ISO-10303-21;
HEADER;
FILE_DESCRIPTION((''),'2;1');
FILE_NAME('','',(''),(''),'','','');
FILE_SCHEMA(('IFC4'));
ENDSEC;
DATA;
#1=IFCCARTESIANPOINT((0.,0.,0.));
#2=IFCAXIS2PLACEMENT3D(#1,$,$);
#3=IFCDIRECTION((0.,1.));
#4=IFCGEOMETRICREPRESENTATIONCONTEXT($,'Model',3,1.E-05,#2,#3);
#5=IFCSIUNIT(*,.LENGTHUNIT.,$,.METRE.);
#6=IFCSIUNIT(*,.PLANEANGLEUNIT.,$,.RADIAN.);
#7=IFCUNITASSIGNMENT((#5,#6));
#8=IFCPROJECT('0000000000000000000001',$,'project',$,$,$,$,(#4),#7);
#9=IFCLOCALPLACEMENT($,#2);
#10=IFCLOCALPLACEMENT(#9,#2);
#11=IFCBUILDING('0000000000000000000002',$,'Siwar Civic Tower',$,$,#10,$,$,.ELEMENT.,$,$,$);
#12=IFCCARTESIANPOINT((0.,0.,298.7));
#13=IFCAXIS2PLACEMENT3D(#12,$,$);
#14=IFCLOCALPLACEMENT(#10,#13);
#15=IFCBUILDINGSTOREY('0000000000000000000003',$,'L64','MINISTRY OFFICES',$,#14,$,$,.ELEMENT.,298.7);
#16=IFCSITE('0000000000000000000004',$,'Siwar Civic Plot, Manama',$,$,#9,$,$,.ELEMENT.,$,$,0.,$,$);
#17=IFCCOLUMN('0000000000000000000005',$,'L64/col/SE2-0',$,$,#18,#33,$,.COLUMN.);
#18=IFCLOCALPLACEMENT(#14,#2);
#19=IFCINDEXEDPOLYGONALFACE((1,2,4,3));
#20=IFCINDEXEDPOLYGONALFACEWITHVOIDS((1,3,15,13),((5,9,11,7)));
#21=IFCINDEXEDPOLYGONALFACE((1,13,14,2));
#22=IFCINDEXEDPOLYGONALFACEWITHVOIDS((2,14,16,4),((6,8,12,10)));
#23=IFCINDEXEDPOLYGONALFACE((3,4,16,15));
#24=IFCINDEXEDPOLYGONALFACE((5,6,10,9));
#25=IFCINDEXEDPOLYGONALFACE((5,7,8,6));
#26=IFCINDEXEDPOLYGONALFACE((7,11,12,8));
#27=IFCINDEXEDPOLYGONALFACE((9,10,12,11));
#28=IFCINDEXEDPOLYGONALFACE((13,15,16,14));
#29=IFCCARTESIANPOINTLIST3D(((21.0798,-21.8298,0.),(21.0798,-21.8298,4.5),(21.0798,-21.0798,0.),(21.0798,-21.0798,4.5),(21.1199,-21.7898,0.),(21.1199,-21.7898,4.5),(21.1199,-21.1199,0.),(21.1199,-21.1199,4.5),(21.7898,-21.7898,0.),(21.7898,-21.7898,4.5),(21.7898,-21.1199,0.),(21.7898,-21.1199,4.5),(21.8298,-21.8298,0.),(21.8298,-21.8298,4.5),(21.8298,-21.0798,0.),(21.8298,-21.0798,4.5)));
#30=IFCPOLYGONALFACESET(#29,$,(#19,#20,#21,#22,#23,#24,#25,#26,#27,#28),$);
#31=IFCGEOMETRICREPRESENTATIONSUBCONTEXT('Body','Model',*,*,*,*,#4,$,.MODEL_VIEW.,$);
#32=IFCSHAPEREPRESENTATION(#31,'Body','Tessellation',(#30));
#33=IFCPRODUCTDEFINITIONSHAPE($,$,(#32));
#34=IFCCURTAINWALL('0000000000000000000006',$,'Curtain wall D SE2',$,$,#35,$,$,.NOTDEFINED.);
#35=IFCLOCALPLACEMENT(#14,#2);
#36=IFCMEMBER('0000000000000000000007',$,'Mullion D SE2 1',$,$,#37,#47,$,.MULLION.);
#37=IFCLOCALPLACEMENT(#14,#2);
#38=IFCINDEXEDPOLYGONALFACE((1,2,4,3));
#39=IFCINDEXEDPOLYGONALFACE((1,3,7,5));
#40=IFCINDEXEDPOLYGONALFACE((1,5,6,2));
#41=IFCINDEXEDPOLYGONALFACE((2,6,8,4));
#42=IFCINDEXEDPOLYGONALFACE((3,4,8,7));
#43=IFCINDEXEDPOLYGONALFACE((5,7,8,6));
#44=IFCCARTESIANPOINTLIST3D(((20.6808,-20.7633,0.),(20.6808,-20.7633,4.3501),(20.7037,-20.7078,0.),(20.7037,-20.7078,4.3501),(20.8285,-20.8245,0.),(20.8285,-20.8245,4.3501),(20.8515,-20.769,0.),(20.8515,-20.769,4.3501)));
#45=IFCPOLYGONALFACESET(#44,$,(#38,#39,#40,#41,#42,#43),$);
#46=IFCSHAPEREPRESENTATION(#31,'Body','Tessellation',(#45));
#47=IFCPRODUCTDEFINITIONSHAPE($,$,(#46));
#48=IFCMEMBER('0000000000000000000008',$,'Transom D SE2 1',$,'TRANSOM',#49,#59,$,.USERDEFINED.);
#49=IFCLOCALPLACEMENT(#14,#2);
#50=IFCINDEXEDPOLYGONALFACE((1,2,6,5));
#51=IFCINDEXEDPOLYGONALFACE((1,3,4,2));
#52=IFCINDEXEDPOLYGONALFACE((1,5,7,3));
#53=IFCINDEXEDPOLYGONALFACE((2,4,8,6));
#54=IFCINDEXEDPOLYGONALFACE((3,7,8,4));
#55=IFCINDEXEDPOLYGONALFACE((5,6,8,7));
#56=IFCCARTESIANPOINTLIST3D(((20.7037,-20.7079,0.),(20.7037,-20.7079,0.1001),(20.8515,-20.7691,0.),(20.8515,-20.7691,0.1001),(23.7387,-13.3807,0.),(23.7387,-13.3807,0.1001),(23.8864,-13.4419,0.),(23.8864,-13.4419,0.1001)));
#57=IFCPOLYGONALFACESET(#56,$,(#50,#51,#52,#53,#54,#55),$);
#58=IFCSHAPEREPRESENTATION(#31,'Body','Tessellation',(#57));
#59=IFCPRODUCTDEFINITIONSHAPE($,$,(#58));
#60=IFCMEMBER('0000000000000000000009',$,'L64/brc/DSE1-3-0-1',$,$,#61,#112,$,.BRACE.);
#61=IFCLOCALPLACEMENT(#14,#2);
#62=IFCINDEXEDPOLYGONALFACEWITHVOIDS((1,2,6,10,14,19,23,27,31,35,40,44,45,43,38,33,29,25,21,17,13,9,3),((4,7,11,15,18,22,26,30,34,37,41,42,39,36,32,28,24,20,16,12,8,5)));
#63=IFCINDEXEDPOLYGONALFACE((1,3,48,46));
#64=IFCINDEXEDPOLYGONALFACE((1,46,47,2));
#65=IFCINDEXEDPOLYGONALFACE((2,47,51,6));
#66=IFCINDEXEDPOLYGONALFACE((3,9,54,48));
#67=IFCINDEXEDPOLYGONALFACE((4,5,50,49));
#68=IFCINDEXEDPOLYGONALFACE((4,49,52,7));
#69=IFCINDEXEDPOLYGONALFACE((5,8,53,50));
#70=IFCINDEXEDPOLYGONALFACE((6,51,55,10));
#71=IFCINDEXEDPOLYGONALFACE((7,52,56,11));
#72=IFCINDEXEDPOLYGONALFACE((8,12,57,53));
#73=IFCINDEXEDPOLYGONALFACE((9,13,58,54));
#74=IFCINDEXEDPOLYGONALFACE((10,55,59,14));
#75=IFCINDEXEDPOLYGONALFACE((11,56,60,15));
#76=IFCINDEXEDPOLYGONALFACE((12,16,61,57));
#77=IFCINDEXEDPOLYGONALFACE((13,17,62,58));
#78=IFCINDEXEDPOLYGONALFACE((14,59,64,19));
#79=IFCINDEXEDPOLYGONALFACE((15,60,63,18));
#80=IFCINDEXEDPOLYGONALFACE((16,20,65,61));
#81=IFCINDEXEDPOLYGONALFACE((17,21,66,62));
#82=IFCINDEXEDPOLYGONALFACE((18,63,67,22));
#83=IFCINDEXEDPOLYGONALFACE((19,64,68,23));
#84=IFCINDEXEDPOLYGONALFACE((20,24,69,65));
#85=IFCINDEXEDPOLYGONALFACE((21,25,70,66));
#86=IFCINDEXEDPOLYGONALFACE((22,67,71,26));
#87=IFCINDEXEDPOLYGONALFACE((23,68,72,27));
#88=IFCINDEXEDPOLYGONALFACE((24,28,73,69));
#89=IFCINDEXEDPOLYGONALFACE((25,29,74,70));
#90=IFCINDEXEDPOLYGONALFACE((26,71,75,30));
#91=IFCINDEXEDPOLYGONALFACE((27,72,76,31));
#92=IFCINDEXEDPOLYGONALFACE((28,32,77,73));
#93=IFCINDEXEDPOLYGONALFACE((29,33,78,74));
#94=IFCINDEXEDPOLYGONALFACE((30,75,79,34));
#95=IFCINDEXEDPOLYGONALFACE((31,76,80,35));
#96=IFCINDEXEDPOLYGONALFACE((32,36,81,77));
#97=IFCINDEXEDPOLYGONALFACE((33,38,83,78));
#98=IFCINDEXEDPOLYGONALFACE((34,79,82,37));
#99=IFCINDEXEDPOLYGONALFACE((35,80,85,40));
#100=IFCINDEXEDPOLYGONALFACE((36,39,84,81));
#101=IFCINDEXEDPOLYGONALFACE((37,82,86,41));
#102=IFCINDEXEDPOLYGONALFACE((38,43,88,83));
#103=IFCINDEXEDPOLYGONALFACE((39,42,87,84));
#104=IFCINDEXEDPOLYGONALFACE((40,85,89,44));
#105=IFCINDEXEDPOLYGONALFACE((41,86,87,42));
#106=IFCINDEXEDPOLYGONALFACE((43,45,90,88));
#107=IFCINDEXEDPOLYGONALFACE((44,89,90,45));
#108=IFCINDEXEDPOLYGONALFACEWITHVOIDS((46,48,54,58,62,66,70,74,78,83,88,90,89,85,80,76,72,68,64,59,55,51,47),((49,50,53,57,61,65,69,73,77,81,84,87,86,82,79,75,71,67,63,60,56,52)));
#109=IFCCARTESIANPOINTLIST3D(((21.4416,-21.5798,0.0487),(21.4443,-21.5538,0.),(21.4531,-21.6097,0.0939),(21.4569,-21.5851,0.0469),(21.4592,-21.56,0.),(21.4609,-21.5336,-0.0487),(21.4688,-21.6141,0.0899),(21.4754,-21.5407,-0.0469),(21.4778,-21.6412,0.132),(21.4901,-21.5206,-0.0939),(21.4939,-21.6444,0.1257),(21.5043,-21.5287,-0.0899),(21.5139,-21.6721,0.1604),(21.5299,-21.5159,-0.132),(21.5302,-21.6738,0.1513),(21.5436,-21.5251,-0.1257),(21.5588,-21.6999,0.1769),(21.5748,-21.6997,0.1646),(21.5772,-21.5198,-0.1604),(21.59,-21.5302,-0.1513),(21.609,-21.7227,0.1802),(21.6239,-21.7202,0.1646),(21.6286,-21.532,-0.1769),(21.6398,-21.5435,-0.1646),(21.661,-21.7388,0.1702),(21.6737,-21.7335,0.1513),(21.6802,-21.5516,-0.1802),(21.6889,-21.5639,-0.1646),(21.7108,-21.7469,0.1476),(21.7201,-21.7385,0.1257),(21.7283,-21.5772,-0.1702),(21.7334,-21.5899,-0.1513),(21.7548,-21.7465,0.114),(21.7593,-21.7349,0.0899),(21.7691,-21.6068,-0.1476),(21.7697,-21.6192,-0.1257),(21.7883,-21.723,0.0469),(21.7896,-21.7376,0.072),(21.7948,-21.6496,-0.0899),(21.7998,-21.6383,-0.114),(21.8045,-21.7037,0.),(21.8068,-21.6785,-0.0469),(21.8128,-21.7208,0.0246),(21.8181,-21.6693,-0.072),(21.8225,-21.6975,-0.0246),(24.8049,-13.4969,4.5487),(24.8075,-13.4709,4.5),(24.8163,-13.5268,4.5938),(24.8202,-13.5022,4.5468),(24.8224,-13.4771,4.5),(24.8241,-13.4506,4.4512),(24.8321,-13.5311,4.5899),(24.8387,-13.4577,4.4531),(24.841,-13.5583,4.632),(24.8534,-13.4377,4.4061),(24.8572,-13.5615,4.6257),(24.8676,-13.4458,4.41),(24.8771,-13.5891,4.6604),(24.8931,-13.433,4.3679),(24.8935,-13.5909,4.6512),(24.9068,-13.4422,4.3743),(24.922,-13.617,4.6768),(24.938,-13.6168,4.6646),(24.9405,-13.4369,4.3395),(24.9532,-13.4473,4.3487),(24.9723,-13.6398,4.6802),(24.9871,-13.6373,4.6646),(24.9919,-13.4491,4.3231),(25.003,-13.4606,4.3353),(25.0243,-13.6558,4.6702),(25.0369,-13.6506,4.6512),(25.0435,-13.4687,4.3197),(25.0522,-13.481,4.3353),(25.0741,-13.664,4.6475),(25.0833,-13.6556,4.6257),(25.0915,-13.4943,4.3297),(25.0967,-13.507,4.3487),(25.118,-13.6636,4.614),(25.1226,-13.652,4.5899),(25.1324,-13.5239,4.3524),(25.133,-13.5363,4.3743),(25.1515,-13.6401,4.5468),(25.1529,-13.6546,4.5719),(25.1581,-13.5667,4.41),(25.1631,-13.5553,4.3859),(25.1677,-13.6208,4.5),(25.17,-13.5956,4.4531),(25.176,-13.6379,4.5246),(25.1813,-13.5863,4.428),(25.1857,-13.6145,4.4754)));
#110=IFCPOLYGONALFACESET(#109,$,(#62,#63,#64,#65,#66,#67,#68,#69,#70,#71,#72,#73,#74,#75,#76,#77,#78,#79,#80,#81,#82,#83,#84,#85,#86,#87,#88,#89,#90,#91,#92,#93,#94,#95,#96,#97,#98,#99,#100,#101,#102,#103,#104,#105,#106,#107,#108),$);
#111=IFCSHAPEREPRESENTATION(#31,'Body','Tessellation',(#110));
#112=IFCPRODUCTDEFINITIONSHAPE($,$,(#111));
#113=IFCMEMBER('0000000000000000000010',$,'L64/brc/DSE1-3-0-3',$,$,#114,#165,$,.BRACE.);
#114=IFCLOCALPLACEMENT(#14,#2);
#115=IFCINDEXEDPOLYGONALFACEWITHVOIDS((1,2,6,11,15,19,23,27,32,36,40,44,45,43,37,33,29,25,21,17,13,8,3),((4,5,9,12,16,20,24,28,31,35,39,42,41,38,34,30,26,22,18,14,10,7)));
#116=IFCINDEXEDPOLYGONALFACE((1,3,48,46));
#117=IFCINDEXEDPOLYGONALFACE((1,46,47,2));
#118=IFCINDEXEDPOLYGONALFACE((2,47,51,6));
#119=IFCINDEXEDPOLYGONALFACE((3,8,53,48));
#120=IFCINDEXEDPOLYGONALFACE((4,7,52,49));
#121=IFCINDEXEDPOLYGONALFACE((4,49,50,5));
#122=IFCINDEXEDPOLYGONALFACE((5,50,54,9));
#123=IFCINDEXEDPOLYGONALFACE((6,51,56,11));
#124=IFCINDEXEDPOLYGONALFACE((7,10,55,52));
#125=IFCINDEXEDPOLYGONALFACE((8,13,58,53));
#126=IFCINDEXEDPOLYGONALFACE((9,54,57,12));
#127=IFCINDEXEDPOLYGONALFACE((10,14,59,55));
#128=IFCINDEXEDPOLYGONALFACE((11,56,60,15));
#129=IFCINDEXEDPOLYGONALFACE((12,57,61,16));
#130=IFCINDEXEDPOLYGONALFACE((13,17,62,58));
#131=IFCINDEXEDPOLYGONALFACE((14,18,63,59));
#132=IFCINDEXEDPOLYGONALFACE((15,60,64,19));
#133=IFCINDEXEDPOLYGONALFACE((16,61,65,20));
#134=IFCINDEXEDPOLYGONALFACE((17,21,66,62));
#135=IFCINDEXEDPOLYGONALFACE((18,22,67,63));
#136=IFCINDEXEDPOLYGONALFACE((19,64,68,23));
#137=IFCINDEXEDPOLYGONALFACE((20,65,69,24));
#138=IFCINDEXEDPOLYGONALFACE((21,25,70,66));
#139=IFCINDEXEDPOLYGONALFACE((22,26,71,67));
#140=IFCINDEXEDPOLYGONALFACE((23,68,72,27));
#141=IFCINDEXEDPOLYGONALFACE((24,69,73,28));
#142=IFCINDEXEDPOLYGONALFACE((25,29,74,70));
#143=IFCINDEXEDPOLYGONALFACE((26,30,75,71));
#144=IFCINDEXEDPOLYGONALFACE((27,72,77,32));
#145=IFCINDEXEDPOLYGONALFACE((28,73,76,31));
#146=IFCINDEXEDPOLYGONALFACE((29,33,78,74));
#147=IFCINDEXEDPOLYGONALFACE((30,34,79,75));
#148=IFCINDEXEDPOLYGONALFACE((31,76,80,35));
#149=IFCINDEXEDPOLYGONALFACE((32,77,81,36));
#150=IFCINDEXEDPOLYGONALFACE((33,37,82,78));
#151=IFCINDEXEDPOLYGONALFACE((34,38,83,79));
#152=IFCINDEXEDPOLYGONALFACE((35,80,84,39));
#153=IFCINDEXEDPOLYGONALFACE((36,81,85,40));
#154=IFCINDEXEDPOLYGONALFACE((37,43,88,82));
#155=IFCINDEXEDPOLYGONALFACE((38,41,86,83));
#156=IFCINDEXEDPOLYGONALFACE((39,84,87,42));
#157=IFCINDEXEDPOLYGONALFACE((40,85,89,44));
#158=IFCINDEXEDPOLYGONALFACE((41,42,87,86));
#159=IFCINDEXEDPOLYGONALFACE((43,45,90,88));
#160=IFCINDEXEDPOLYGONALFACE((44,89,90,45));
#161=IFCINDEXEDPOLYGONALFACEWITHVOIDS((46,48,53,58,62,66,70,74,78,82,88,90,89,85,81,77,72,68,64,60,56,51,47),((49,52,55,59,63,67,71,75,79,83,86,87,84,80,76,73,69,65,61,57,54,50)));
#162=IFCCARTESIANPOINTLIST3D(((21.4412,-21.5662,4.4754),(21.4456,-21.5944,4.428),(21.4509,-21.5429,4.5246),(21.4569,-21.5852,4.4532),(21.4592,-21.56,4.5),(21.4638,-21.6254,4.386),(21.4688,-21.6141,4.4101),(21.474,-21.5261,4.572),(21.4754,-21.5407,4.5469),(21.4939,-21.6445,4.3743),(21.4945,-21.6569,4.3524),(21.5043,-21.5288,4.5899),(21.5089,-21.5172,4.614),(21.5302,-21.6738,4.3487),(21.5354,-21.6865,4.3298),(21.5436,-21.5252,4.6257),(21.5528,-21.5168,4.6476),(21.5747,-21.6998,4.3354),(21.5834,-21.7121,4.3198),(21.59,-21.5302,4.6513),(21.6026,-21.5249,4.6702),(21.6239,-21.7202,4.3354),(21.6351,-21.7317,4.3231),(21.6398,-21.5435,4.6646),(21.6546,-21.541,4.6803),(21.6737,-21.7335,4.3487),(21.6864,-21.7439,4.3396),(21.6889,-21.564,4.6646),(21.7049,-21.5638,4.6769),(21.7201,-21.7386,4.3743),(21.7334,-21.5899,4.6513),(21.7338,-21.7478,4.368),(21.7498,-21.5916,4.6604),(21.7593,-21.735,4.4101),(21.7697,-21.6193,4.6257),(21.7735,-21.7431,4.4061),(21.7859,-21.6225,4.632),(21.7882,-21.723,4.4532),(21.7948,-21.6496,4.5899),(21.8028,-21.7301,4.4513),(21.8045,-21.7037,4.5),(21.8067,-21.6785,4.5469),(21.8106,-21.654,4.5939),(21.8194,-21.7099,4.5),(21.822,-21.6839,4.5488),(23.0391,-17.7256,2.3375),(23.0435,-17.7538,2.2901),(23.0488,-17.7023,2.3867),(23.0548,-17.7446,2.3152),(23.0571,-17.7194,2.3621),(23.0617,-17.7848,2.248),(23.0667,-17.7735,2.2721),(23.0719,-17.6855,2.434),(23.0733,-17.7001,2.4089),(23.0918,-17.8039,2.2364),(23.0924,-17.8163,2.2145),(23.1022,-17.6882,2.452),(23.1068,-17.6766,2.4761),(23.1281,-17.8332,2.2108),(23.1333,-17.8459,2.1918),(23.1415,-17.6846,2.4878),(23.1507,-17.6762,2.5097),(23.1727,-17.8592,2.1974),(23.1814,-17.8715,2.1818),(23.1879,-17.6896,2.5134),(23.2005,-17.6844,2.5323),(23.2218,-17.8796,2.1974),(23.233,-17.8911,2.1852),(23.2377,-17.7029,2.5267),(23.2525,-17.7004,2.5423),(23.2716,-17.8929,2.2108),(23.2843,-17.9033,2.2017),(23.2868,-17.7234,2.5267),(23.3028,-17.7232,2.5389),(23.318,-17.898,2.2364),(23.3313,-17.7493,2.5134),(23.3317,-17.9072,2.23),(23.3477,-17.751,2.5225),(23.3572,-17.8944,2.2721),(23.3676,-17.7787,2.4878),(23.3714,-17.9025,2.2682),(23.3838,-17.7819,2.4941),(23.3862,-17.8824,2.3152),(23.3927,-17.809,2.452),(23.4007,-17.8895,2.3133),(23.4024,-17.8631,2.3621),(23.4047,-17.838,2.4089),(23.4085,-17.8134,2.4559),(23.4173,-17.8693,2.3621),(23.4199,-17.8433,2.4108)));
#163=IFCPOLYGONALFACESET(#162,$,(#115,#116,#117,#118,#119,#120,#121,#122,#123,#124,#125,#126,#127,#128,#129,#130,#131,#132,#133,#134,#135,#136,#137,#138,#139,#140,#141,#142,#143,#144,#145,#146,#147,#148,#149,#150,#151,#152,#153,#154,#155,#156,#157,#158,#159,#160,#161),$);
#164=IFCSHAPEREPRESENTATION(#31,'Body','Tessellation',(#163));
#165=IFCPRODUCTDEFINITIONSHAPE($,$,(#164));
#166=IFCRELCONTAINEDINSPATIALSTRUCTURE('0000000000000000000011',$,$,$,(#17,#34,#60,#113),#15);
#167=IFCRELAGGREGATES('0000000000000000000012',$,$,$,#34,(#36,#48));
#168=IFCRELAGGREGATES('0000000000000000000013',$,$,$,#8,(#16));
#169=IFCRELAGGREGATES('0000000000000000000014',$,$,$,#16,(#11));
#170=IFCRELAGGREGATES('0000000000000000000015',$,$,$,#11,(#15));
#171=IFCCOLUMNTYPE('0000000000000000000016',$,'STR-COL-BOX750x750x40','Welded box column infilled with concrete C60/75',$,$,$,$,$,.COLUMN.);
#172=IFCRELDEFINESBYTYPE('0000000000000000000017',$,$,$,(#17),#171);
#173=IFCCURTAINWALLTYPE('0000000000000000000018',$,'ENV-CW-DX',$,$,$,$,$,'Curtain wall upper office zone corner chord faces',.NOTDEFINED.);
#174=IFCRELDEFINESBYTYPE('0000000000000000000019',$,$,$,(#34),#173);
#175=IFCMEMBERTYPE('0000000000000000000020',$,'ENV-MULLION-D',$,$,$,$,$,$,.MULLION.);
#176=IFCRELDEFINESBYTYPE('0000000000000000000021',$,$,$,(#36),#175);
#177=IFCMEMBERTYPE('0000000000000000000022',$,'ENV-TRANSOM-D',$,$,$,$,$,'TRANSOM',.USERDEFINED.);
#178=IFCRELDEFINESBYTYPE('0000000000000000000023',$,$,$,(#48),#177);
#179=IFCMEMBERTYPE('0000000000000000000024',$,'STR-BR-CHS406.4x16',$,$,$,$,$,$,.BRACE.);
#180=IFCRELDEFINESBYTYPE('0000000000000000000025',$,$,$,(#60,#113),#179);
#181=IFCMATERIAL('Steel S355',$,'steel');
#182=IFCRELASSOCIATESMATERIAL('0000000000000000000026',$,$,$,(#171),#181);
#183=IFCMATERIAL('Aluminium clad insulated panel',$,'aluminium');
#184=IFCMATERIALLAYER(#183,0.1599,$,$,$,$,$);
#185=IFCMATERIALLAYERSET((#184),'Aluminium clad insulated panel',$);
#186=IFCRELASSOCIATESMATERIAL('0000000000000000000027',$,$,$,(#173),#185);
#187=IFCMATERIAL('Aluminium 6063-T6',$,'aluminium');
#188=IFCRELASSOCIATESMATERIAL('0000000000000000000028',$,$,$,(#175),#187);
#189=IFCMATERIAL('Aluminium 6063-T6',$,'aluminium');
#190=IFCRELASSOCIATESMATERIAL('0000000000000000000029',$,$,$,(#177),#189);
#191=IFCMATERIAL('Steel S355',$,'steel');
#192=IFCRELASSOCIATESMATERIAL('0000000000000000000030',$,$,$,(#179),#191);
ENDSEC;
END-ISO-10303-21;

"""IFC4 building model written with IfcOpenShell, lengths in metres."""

from ifc_helpers import new_model, si_unit, direction, frame, origin, origin_2d, place, context, subcontext, project, spatial, rectangle, hollow_rectangle, hollow_circle, extrude, material, layer, layer_set, material_profile, profile_set, type_object, element, aggregate, save


model = new_model("IFC4")

# Units and contexts
model_context = context("Model", 3, precision=1e-05, world=origin(), true_north=direction((0.0, 1.0)))
body_context = subcontext(model_context, "Body", "Model", "MODEL_VIEW")
ifc_project = project(units=[si_unit("LENGTHUNIT", "METRE"), si_unit("PLANEANGLEUNIT", "RADIAN")], contexts=[model_context])

# Site, building, storey
site_placement = place(None, origin())
site = spatial("IfcSite", under=ifc_project, at=site_placement, Name="Siwar Civic Plot, Manama", CompositionType="ELEMENT", RefElevation=0.0)
building_placement = place(site_placement, origin())
building = spatial("IfcBuilding", under=site, at=building_placement, Name="Siwar Civic Tower", CompositionType="ELEMENT")
storey_placement = place(building_placement, frame((0.0, 0.0, 298.7)))
storey = spatial("IfcBuildingStorey", under=building, at=storey_placement, Name="L64", Description="MINISTRY OFFICES", CompositionType="ELEMENT", Elevation=298.7)

# Column
ifc_material_1 = material(Name="Steel S355", Category="steel")
ifc_material_profile_1 = material_profile(ifc_material_1, hollow_rectangle(XDim=0.75, YDim=0.75, WallThickness=0.04, at=origin_2d()), Name="BOX750x750x40")
ifc_profile_set_1 = profile_set([ifc_material_profile_1], Name="Steel S355")
column_type = type_object("IfcColumnType", Name="STR-COL-BOX750x750x40", Description="Welded box column infilled with concrete C60/75", PredefinedType="COLUMN", material=ifc_profile_set_1)
column_placement = place(storey_placement, frame((21.4548, -21.4548, 0.0), z_axis=(0.0, 0.0, 1.0), x_axis=(1.0, 0.0, 0.0)))
element("IfcColumn", 1, at=column_placement, inside=storey, type_object=column_type, Name="L64/col/SE2-0", PredefinedType="COLUMN", context=body_context, shape_type="SweptSolid", body=[
    extrude(hollow_rectangle(XDim=0.75, YDim=0.75, WallThickness=0.04, at=origin_2d()), origin(), (0.0, 0.0, 1.0), 4.5),
])

# Curtain wall, members
ifc_material_2 = material(Name="Aluminium clad insulated panel", Category="aluminium")
ifc_layer_1 = layer(ifc_material_2, 0.1599)
ifc_layer_set_1 = layer_set([ifc_layer_1], Name="Aluminium clad insulated panel")
curtain_wall_type = type_object("IfcCurtainWallType", Name="ENV-CW-DX", ElementType="Curtain wall upper office zone corner chord faces", PredefinedType="NOTDEFINED", material=ifc_layer_set_1)
curtain_wall_1_placement = place(storey_placement, origin())
curtain_wall_1 = element("IfcCurtainWall", 2, at=curtain_wall_1_placement, inside=storey, type_object=curtain_wall_type, Name="Curtain wall D SE2", PredefinedType="NOTDEFINED")
ifc_material_3 = material(Name="Aluminium 6063-T6", Category="aluminium")
ifc_material_profile_2 = material_profile(ifc_material_3, rectangle(XDim=0.1599, YDim=0.0601, at=origin_2d()), Name="AL 160x60")
ifc_profile_set_2 = profile_set([ifc_material_profile_2], Name="Aluminium 6063-T6")
member_type_1 = type_object("IfcMemberType", Name="ENV-MULLION-D", PredefinedType="MULLION", material=ifc_profile_set_2)
member_1_placement = place(storey_placement, frame((20.7661, -20.7661, 0.0), z_axis=(0.0, 0.0, 1.0), x_axis=(-0.92388, 0.382683, 0.0)))
member_1 = element("IfcMember", 3, at=member_1_placement, type_object=member_type_1, Name="Mullion D SE2 1", PredefinedType="MULLION", context=body_context, shape_type="SweptSolid", body=[
    extrude(rectangle(XDim=0.1599, YDim=0.0601, at=origin_2d()), origin(), (0.0, 0.0, 1.0), 4.3501),
])
ifc_material_4 = material(Name="Aluminium 6063-T6", Category="aluminium")
ifc_material_profile_3 = material_profile(ifc_material_4, rectangle(XDim=0.1599, YDim=0.1001, at=origin_2d()), Name="AL 160x100")
ifc_profile_set_3 = profile_set([ifc_material_profile_3], Name="Aluminium 6063-T6")
member_type_2 = type_object("IfcMemberType", Name="ENV-TRANSOM-D", ElementType="TRANSOM", PredefinedType="USERDEFINED", material=ifc_profile_set_3)
member_2_placement = place(storey_placement, frame((20.7776, -20.7385, 0.05), z_axis=(0.382674, 0.923884, 0.0), x_axis=(-0.923884, 0.382674, 0.0)))
member_2 = element("IfcMember", 4, at=member_2_placement, type_object=member_type_2, Name="Transom D SE2 1", ObjectType="TRANSOM", PredefinedType="USERDEFINED", context=body_context, shape_type="SweptSolid", body=[
    extrude(rectangle(XDim=0.1599, YDim=0.1001, at=origin_2d()), origin(), (0.0, 0.0, 1.0), 7.9309),
])

# Members
ifc_material_5 = material(Name="Steel S355", Category="steel")
ifc_material_profile_4 = material_profile(ifc_material_5, hollow_circle(Radius=0.2031, WallThickness=0.0161, at=origin_2d()), Name="CHS406.4x16")
ifc_profile_set_4 = profile_set([ifc_material_profile_4], Name="Steel S355")
member_type_3 = type_object("IfcMemberType", Name="STR-BR-CHS406.4x16", PredefinedType="BRACE", material=ifc_profile_set_4)
member_3_placement = place(storey_placement, frame((21.6318, -21.6318, 0.0), z_axis=(0.341671, 0.821143, 0.457149), x_axis=(-0.923265, 0.384164, 0.0)))
element("IfcMember", 5, at=member_3_placement, inside=storey, type_object=member_type_3, Name="L64/brc/DSE1-3-0-1", PredefinedType="BRACE", context=body_context, shape_type="SweptSolid", body=[
    extrude(hollow_circle(Radius=0.2031, WallThickness=0.0161, at=origin_2d()), origin(), (0.0, 0.0, 1.0), 9.8435),
])
member_4_placement = place(storey_placement, frame((23.2297, -17.7913, 2.3621), z_axis=(-0.341653, -0.821167, 0.45712), x_axis=(0.923276, -0.384136, 0.0)))
element("IfcMember", 6, at=member_4_placement, inside=storey, type_object=member_type_3, Name="L64/brc/DSE1-3-0-3", PredefinedType="BRACE", context=body_context, shape_type="SweptSolid", body=[
    extrude(hollow_circle(Radius=0.2031, WallThickness=0.0161, at=origin_2d()), origin(), (0.0, 0.0, 1.0), 4.677),
])

aggregate(curtain_wall_1, [member_1, member_2])

save(model, "model.ifc")
